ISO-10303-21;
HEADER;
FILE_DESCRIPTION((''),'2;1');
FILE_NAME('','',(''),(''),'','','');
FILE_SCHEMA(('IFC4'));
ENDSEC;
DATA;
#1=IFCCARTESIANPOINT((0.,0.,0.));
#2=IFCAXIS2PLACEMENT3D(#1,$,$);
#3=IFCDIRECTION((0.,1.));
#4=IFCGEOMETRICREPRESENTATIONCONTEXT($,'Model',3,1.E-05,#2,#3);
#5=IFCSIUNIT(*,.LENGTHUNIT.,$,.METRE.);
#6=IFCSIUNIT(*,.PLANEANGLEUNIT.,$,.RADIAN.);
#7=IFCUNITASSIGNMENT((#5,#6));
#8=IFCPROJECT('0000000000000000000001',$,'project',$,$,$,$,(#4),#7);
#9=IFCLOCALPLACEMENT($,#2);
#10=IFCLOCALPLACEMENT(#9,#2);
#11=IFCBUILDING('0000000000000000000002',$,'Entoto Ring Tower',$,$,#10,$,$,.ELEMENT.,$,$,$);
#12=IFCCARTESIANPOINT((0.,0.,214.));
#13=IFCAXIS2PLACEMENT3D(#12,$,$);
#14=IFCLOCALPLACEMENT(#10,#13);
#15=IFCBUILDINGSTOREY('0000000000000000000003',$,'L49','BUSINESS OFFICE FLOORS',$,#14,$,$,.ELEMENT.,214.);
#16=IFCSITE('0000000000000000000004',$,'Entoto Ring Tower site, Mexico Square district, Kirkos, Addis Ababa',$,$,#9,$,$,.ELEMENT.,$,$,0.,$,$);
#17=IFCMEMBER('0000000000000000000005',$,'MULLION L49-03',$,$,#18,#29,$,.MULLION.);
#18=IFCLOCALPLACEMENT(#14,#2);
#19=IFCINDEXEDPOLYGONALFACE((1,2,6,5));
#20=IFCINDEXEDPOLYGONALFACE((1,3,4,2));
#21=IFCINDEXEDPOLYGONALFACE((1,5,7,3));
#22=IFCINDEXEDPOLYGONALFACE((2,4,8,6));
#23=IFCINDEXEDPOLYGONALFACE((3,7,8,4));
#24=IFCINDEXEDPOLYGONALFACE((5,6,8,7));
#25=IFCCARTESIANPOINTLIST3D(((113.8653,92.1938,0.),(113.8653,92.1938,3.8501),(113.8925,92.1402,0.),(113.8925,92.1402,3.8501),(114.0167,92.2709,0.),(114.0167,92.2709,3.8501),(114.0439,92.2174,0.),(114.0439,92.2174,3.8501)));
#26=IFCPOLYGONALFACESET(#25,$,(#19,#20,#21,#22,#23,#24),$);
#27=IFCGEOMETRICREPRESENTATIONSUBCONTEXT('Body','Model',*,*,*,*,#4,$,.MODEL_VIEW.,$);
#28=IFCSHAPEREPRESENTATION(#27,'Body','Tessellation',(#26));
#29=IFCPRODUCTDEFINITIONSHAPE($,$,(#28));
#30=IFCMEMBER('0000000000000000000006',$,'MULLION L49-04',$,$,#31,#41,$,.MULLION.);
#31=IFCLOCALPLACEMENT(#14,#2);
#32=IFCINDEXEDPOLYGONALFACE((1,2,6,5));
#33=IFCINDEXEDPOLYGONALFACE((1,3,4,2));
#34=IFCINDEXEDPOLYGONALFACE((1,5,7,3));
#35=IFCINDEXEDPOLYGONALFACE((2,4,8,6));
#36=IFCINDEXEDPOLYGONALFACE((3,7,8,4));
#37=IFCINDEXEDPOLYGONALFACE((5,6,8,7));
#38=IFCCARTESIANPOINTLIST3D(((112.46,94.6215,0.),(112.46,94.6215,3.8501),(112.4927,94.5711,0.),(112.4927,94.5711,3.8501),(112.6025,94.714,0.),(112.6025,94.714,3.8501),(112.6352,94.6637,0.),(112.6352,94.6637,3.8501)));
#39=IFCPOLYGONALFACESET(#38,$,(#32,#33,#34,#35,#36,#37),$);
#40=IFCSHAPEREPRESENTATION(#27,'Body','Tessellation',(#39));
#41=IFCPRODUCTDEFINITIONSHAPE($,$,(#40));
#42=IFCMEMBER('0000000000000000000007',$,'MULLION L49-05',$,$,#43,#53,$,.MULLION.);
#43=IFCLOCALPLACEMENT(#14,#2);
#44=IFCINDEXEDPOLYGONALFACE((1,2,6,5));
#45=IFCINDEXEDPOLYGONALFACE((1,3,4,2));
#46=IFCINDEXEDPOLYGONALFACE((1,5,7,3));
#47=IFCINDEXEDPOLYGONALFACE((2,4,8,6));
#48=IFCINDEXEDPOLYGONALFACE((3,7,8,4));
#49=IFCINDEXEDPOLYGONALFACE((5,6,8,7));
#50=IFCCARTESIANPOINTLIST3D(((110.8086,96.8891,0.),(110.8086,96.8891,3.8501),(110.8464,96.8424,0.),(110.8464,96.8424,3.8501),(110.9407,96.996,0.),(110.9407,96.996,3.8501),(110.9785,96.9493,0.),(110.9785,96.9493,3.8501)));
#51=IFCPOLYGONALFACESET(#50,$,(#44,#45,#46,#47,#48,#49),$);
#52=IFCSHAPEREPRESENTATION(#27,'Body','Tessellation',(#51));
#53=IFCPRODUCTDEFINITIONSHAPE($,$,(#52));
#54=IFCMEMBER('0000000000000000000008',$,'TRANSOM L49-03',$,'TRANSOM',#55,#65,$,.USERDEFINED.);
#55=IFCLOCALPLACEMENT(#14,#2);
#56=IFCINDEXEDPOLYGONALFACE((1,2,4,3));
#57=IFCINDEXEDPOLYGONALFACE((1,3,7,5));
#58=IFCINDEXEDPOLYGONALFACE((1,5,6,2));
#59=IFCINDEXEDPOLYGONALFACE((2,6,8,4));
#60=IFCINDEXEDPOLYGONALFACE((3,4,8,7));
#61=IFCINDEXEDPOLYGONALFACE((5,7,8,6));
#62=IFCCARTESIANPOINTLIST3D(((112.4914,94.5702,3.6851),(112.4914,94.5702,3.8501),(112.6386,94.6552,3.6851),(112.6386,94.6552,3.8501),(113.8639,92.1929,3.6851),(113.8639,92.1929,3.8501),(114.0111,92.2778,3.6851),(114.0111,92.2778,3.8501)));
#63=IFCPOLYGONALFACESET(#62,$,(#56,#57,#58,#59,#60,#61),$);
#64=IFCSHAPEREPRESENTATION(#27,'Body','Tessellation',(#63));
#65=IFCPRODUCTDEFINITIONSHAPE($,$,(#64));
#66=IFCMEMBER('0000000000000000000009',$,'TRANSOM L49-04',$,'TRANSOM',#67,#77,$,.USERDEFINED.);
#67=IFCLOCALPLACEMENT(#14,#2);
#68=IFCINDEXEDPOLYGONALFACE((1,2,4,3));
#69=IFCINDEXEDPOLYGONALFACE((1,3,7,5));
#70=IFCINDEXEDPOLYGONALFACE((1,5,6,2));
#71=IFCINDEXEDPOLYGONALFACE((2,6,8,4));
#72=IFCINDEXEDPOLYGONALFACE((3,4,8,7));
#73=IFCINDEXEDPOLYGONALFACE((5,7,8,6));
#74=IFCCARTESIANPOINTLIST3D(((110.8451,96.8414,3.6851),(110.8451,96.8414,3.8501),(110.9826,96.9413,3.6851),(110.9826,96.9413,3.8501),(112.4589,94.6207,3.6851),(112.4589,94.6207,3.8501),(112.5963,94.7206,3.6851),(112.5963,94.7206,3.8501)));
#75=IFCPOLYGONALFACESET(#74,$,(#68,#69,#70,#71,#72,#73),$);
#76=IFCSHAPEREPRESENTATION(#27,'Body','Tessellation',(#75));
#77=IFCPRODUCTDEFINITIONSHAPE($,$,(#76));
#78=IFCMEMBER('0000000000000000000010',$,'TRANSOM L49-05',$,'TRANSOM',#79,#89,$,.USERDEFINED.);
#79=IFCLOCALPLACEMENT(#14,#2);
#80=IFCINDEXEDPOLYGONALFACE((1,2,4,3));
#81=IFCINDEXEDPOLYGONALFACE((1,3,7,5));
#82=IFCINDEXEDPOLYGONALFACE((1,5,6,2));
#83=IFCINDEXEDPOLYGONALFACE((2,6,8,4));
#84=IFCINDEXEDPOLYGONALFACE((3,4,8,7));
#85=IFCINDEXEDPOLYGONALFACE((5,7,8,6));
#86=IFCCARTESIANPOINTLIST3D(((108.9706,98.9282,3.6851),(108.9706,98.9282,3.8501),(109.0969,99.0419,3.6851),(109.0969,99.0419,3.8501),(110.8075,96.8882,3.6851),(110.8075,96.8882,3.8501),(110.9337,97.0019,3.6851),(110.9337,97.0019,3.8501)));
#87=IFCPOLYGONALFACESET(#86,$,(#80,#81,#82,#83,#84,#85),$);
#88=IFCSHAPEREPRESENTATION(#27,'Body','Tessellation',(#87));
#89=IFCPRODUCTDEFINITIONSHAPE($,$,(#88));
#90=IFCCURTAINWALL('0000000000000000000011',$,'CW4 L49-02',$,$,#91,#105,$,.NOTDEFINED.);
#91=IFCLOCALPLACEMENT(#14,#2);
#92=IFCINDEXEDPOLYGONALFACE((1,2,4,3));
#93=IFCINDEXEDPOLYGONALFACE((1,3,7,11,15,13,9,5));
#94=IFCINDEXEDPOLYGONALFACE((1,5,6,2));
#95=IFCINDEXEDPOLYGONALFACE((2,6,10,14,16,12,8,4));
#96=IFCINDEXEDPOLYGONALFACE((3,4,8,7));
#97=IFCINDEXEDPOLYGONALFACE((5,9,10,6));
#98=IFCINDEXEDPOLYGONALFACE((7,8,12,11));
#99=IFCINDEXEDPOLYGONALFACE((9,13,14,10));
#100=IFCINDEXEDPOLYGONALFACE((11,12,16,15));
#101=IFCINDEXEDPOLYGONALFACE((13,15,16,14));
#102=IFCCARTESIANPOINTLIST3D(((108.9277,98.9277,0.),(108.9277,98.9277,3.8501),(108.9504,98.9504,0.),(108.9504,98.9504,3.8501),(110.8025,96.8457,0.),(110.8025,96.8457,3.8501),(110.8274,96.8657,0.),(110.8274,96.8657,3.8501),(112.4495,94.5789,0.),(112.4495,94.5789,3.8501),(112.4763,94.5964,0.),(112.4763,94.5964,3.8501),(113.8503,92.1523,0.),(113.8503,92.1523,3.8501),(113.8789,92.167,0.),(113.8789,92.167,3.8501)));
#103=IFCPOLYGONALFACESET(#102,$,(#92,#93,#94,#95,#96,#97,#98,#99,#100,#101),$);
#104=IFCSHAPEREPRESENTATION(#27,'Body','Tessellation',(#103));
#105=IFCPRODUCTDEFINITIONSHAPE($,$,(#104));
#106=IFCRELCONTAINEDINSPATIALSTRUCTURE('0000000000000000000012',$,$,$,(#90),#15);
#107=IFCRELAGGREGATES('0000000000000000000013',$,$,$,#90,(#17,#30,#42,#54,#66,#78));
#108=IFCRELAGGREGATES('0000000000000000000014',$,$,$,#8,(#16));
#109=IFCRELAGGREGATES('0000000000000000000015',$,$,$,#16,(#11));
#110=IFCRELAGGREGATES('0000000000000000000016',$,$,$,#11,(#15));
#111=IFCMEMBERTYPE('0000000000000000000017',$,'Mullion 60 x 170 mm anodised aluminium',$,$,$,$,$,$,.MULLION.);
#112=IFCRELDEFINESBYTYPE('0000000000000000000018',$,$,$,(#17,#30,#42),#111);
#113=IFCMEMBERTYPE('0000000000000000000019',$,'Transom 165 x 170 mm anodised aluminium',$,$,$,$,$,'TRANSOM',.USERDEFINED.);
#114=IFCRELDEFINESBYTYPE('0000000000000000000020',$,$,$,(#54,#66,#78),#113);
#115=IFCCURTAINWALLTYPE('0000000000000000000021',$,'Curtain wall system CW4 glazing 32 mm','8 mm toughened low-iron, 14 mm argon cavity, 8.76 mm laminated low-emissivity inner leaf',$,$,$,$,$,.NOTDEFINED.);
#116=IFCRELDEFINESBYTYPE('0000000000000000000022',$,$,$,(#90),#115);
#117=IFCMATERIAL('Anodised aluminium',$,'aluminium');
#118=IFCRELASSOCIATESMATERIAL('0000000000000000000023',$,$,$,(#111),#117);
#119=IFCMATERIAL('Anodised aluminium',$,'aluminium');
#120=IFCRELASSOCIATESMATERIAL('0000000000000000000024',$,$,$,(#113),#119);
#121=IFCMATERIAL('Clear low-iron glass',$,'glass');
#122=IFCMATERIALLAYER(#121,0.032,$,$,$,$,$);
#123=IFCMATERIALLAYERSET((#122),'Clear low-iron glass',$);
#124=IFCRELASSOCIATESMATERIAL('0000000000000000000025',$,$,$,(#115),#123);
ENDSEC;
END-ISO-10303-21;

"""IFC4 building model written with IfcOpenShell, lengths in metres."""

from ifc_helpers import new_model, si_unit, direction, frame, origin, origin_2d, place, context, subcontext, project, spatial, polyline, rectangle, outline, extrude, material, layer, layer_set, material_profile, profile_set, type_object, element, aggregate, save


model = new_model("IFC4")

# Units and contexts
model_context = context("Model", 3, precision=1e-05, world=origin(), true_north=direction((0.0, 1.0)))
body_context = subcontext(model_context, "Body", "Model", "MODEL_VIEW")
ifc_project = project(units=[si_unit("LENGTHUNIT", "METRE"), si_unit("PLANEANGLEUNIT", "RADIAN")], contexts=[model_context])

# Members
ifc_material_1 = material(Name="Anodised aluminium", Category="aluminium")
ifc_material_profile_1 = material_profile(ifc_material_1, rectangle(XDim=0.0601, YDim=0.1699, at=origin_2d()), Name="Mullion 60 x 170 mm anodised aluminium")
ifc_profile_set_1 = profile_set([ifc_material_profile_1], Name="Anodised aluminium")
member_type_1 = type_object("IfcMemberType", Name="Mullion 60 x 170 mm anodised aluminium", PredefinedType="MULLION", material=ifc_profile_set_1)
site_placement = place(None, origin())
building_placement = place(site_placement, origin())
storey_placement = place(building_placement, frame((0.0, 0.0, 214.0)))
member_1_placement = place(storey_placement, frame((113.9546, 92.2056, 0.0), z_axis=(0.0, 0.0, 1.0), x_axis=(-0.45399, 0.891007, 0.0)))
member_1 = element("IfcMember", 1, at=member_1_placement, type_object=member_type_1, Name="MULLION L49-03", PredefinedType="MULLION", context=body_context, shape_type="SweptSolid", body=[
    extrude(rectangle(XDim=0.0601, YDim=0.1699, at=origin_2d()), origin(), (0.0, 0.0, 1.0), 3.8501),
])
member_2_placement = place(storey_placement, frame((112.5476, 94.6426, 0.0), z_axis=(0.0, 0.0, 1.0), x_axis=(-0.544639, 0.838671, 0.0)))
member_2 = element("IfcMember", 2, at=member_2_placement, type_object=member_type_1, Name="MULLION L49-04", PredefinedType="MULLION", context=body_context, shape_type="SweptSolid", body=[
    extrude(rectangle(XDim=0.0601, YDim=0.1699, at=origin_2d()), origin(), (0.0, 0.0, 1.0), 3.8501),
])
member_3_placement = place(storey_placement, frame((110.8936, 96.9192, 0.0), z_axis=(0.0, 0.0, 1.0), x_axis=(-0.62932, 0.777146, 0.0)))
member_3 = element("IfcMember", 3, at=member_3_placement, type_object=member_type_1, Name="MULLION L49-05", PredefinedType="MULLION", context=body_context, shape_type="SweptSolid", body=[
    extrude(rectangle(XDim=0.0601, YDim=0.1699, at=origin_2d()), origin(), (0.0, 0.0, 1.0), 3.8501),
])
ifc_material_2 = material(Name="Anodised aluminium", Category="aluminium")
ifc_material_profile_2 = material_profile(ifc_material_2, rectangle(XDim=0.1699, YDim=0.165, at=origin_2d()), Name="Transom 165 x 170 mm anodised aluminium")
ifc_profile_set_2 = profile_set([ifc_material_profile_2], Name="Anodised aluminium")
member_type_2 = type_object("IfcMemberType", Name="Transom 165 x 170 mm anodised aluminium", ElementType="TRANSOM", PredefinedType="USERDEFINED", material=ifc_profile_set_2)
member_4_placement = place(storey_placement, frame((113.9375, 92.2354, 3.7676), z_axis=(-0.499984, 0.866035, 0.0), x_axis=(-0.866035, -0.499984, 0.0)))
member_4 = element("IfcMember", 4, at=member_4_placement, type_object=member_type_2, Name="TRANSOM L49-03", ObjectType="TRANSOM", PredefinedType="USERDEFINED", context=body_context, shape_type="SweptSolid", body=[
    extrude(rectangle(XDim=0.1699, YDim=0.165, at=origin_2d()), origin(), (0.0, 0.0, 1.0), 2.7451),
])
member_5_placement = place(storey_placement, frame((112.5276, 94.6707, 3.7676), z_axis=(-0.587865, 0.808959, 0.0), x_axis=(-0.808959, -0.587865, 0.0)))
member_5 = element("IfcMember", 5, at=member_5_placement, type_object=member_type_2, Name="TRANSOM L49-04", ObjectType="TRANSOM", PredefinedType="USERDEFINED", context=body_context, shape_type="SweptSolid", body=[
    extrude(rectangle(XDim=0.1699, YDim=0.165, at=origin_2d()), origin(), (0.0, 0.0, 1.0), 2.7451),
])
member_6_placement = place(storey_placement, frame((110.8706, 96.9451, 3.7676), z_axis=(-0.669142, 0.743135, 0.0), x_axis=(-0.743135, -0.669142, 0.0)))
member_6 = element("IfcMember", 6, at=member_6_placement, type_object=member_type_2, Name="TRANSOM L49-05", ObjectType="TRANSOM", PredefinedType="USERDEFINED", context=body_context, shape_type="SweptSolid", body=[
    extrude(rectangle(XDim=0.1699, YDim=0.165, at=origin_2d()), origin(), (0.0, 0.0, 1.0), 2.7451),
])

# Site, building, storey
site = spatial("IfcSite", under=ifc_project, at=site_placement, Name="Entoto Ring Tower site, Mexico Square district, Kirkos, Addis Ababa", CompositionType="ELEMENT", RefElevation=0.0)
building = spatial("IfcBuilding", under=site, at=building_placement, Name="Entoto Ring Tower", CompositionType="ELEMENT")
storey = spatial("IfcBuildingStorey", under=building, at=storey_placement, Name="L49", Description="BUSINESS OFFICE FLOORS", CompositionType="ELEMENT", Elevation=214.0)

# Curtain wall
ifc_material_3 = material(Name="Clear low-iron glass", Category="glass")
ifc_layer_1 = layer(ifc_material_3, 0.032)
ifc_layer_set_1 = layer_set([ifc_layer_1], Name="Clear low-iron glass")
curtain_wall_type = type_object("IfcCurtainWallType", Name="Curtain wall system CW4 glazing 32 mm", Description="8 mm toughened low-iron, 14 mm argon cavity, 8.76 mm laminated low-emissivity inner leaf", PredefinedType="NOTDEFINED", material=ifc_layer_set_1)
curtain_wall_1_placement = place(storey_placement, origin())
curtain_wall_1 = element("IfcCurtainWall", 7, at=curtain_wall_1_placement, inside=storey, type_object=curtain_wall_type, Name="CW4 L49-02", PredefinedType="NOTDEFINED", context=body_context, shape_type="SweptSolid", body=[
    extrude(outline(polyline([(113.8789, 92.167), (112.4763, 94.5964), (110.8274, 96.8657), (108.9504, 98.9504), (108.9277, 98.9277), (110.8025, 96.8457), (112.4495, 94.5789), (113.8503, 92.1523), (113.8789, 92.167)])), origin(), (0.0, 0.0, 1.0), 3.8501),
])
aggregate(curtain_wall_1, [member_1, member_2, member_3, member_4, member_5, member_6])

save(model, "model.ifc")
